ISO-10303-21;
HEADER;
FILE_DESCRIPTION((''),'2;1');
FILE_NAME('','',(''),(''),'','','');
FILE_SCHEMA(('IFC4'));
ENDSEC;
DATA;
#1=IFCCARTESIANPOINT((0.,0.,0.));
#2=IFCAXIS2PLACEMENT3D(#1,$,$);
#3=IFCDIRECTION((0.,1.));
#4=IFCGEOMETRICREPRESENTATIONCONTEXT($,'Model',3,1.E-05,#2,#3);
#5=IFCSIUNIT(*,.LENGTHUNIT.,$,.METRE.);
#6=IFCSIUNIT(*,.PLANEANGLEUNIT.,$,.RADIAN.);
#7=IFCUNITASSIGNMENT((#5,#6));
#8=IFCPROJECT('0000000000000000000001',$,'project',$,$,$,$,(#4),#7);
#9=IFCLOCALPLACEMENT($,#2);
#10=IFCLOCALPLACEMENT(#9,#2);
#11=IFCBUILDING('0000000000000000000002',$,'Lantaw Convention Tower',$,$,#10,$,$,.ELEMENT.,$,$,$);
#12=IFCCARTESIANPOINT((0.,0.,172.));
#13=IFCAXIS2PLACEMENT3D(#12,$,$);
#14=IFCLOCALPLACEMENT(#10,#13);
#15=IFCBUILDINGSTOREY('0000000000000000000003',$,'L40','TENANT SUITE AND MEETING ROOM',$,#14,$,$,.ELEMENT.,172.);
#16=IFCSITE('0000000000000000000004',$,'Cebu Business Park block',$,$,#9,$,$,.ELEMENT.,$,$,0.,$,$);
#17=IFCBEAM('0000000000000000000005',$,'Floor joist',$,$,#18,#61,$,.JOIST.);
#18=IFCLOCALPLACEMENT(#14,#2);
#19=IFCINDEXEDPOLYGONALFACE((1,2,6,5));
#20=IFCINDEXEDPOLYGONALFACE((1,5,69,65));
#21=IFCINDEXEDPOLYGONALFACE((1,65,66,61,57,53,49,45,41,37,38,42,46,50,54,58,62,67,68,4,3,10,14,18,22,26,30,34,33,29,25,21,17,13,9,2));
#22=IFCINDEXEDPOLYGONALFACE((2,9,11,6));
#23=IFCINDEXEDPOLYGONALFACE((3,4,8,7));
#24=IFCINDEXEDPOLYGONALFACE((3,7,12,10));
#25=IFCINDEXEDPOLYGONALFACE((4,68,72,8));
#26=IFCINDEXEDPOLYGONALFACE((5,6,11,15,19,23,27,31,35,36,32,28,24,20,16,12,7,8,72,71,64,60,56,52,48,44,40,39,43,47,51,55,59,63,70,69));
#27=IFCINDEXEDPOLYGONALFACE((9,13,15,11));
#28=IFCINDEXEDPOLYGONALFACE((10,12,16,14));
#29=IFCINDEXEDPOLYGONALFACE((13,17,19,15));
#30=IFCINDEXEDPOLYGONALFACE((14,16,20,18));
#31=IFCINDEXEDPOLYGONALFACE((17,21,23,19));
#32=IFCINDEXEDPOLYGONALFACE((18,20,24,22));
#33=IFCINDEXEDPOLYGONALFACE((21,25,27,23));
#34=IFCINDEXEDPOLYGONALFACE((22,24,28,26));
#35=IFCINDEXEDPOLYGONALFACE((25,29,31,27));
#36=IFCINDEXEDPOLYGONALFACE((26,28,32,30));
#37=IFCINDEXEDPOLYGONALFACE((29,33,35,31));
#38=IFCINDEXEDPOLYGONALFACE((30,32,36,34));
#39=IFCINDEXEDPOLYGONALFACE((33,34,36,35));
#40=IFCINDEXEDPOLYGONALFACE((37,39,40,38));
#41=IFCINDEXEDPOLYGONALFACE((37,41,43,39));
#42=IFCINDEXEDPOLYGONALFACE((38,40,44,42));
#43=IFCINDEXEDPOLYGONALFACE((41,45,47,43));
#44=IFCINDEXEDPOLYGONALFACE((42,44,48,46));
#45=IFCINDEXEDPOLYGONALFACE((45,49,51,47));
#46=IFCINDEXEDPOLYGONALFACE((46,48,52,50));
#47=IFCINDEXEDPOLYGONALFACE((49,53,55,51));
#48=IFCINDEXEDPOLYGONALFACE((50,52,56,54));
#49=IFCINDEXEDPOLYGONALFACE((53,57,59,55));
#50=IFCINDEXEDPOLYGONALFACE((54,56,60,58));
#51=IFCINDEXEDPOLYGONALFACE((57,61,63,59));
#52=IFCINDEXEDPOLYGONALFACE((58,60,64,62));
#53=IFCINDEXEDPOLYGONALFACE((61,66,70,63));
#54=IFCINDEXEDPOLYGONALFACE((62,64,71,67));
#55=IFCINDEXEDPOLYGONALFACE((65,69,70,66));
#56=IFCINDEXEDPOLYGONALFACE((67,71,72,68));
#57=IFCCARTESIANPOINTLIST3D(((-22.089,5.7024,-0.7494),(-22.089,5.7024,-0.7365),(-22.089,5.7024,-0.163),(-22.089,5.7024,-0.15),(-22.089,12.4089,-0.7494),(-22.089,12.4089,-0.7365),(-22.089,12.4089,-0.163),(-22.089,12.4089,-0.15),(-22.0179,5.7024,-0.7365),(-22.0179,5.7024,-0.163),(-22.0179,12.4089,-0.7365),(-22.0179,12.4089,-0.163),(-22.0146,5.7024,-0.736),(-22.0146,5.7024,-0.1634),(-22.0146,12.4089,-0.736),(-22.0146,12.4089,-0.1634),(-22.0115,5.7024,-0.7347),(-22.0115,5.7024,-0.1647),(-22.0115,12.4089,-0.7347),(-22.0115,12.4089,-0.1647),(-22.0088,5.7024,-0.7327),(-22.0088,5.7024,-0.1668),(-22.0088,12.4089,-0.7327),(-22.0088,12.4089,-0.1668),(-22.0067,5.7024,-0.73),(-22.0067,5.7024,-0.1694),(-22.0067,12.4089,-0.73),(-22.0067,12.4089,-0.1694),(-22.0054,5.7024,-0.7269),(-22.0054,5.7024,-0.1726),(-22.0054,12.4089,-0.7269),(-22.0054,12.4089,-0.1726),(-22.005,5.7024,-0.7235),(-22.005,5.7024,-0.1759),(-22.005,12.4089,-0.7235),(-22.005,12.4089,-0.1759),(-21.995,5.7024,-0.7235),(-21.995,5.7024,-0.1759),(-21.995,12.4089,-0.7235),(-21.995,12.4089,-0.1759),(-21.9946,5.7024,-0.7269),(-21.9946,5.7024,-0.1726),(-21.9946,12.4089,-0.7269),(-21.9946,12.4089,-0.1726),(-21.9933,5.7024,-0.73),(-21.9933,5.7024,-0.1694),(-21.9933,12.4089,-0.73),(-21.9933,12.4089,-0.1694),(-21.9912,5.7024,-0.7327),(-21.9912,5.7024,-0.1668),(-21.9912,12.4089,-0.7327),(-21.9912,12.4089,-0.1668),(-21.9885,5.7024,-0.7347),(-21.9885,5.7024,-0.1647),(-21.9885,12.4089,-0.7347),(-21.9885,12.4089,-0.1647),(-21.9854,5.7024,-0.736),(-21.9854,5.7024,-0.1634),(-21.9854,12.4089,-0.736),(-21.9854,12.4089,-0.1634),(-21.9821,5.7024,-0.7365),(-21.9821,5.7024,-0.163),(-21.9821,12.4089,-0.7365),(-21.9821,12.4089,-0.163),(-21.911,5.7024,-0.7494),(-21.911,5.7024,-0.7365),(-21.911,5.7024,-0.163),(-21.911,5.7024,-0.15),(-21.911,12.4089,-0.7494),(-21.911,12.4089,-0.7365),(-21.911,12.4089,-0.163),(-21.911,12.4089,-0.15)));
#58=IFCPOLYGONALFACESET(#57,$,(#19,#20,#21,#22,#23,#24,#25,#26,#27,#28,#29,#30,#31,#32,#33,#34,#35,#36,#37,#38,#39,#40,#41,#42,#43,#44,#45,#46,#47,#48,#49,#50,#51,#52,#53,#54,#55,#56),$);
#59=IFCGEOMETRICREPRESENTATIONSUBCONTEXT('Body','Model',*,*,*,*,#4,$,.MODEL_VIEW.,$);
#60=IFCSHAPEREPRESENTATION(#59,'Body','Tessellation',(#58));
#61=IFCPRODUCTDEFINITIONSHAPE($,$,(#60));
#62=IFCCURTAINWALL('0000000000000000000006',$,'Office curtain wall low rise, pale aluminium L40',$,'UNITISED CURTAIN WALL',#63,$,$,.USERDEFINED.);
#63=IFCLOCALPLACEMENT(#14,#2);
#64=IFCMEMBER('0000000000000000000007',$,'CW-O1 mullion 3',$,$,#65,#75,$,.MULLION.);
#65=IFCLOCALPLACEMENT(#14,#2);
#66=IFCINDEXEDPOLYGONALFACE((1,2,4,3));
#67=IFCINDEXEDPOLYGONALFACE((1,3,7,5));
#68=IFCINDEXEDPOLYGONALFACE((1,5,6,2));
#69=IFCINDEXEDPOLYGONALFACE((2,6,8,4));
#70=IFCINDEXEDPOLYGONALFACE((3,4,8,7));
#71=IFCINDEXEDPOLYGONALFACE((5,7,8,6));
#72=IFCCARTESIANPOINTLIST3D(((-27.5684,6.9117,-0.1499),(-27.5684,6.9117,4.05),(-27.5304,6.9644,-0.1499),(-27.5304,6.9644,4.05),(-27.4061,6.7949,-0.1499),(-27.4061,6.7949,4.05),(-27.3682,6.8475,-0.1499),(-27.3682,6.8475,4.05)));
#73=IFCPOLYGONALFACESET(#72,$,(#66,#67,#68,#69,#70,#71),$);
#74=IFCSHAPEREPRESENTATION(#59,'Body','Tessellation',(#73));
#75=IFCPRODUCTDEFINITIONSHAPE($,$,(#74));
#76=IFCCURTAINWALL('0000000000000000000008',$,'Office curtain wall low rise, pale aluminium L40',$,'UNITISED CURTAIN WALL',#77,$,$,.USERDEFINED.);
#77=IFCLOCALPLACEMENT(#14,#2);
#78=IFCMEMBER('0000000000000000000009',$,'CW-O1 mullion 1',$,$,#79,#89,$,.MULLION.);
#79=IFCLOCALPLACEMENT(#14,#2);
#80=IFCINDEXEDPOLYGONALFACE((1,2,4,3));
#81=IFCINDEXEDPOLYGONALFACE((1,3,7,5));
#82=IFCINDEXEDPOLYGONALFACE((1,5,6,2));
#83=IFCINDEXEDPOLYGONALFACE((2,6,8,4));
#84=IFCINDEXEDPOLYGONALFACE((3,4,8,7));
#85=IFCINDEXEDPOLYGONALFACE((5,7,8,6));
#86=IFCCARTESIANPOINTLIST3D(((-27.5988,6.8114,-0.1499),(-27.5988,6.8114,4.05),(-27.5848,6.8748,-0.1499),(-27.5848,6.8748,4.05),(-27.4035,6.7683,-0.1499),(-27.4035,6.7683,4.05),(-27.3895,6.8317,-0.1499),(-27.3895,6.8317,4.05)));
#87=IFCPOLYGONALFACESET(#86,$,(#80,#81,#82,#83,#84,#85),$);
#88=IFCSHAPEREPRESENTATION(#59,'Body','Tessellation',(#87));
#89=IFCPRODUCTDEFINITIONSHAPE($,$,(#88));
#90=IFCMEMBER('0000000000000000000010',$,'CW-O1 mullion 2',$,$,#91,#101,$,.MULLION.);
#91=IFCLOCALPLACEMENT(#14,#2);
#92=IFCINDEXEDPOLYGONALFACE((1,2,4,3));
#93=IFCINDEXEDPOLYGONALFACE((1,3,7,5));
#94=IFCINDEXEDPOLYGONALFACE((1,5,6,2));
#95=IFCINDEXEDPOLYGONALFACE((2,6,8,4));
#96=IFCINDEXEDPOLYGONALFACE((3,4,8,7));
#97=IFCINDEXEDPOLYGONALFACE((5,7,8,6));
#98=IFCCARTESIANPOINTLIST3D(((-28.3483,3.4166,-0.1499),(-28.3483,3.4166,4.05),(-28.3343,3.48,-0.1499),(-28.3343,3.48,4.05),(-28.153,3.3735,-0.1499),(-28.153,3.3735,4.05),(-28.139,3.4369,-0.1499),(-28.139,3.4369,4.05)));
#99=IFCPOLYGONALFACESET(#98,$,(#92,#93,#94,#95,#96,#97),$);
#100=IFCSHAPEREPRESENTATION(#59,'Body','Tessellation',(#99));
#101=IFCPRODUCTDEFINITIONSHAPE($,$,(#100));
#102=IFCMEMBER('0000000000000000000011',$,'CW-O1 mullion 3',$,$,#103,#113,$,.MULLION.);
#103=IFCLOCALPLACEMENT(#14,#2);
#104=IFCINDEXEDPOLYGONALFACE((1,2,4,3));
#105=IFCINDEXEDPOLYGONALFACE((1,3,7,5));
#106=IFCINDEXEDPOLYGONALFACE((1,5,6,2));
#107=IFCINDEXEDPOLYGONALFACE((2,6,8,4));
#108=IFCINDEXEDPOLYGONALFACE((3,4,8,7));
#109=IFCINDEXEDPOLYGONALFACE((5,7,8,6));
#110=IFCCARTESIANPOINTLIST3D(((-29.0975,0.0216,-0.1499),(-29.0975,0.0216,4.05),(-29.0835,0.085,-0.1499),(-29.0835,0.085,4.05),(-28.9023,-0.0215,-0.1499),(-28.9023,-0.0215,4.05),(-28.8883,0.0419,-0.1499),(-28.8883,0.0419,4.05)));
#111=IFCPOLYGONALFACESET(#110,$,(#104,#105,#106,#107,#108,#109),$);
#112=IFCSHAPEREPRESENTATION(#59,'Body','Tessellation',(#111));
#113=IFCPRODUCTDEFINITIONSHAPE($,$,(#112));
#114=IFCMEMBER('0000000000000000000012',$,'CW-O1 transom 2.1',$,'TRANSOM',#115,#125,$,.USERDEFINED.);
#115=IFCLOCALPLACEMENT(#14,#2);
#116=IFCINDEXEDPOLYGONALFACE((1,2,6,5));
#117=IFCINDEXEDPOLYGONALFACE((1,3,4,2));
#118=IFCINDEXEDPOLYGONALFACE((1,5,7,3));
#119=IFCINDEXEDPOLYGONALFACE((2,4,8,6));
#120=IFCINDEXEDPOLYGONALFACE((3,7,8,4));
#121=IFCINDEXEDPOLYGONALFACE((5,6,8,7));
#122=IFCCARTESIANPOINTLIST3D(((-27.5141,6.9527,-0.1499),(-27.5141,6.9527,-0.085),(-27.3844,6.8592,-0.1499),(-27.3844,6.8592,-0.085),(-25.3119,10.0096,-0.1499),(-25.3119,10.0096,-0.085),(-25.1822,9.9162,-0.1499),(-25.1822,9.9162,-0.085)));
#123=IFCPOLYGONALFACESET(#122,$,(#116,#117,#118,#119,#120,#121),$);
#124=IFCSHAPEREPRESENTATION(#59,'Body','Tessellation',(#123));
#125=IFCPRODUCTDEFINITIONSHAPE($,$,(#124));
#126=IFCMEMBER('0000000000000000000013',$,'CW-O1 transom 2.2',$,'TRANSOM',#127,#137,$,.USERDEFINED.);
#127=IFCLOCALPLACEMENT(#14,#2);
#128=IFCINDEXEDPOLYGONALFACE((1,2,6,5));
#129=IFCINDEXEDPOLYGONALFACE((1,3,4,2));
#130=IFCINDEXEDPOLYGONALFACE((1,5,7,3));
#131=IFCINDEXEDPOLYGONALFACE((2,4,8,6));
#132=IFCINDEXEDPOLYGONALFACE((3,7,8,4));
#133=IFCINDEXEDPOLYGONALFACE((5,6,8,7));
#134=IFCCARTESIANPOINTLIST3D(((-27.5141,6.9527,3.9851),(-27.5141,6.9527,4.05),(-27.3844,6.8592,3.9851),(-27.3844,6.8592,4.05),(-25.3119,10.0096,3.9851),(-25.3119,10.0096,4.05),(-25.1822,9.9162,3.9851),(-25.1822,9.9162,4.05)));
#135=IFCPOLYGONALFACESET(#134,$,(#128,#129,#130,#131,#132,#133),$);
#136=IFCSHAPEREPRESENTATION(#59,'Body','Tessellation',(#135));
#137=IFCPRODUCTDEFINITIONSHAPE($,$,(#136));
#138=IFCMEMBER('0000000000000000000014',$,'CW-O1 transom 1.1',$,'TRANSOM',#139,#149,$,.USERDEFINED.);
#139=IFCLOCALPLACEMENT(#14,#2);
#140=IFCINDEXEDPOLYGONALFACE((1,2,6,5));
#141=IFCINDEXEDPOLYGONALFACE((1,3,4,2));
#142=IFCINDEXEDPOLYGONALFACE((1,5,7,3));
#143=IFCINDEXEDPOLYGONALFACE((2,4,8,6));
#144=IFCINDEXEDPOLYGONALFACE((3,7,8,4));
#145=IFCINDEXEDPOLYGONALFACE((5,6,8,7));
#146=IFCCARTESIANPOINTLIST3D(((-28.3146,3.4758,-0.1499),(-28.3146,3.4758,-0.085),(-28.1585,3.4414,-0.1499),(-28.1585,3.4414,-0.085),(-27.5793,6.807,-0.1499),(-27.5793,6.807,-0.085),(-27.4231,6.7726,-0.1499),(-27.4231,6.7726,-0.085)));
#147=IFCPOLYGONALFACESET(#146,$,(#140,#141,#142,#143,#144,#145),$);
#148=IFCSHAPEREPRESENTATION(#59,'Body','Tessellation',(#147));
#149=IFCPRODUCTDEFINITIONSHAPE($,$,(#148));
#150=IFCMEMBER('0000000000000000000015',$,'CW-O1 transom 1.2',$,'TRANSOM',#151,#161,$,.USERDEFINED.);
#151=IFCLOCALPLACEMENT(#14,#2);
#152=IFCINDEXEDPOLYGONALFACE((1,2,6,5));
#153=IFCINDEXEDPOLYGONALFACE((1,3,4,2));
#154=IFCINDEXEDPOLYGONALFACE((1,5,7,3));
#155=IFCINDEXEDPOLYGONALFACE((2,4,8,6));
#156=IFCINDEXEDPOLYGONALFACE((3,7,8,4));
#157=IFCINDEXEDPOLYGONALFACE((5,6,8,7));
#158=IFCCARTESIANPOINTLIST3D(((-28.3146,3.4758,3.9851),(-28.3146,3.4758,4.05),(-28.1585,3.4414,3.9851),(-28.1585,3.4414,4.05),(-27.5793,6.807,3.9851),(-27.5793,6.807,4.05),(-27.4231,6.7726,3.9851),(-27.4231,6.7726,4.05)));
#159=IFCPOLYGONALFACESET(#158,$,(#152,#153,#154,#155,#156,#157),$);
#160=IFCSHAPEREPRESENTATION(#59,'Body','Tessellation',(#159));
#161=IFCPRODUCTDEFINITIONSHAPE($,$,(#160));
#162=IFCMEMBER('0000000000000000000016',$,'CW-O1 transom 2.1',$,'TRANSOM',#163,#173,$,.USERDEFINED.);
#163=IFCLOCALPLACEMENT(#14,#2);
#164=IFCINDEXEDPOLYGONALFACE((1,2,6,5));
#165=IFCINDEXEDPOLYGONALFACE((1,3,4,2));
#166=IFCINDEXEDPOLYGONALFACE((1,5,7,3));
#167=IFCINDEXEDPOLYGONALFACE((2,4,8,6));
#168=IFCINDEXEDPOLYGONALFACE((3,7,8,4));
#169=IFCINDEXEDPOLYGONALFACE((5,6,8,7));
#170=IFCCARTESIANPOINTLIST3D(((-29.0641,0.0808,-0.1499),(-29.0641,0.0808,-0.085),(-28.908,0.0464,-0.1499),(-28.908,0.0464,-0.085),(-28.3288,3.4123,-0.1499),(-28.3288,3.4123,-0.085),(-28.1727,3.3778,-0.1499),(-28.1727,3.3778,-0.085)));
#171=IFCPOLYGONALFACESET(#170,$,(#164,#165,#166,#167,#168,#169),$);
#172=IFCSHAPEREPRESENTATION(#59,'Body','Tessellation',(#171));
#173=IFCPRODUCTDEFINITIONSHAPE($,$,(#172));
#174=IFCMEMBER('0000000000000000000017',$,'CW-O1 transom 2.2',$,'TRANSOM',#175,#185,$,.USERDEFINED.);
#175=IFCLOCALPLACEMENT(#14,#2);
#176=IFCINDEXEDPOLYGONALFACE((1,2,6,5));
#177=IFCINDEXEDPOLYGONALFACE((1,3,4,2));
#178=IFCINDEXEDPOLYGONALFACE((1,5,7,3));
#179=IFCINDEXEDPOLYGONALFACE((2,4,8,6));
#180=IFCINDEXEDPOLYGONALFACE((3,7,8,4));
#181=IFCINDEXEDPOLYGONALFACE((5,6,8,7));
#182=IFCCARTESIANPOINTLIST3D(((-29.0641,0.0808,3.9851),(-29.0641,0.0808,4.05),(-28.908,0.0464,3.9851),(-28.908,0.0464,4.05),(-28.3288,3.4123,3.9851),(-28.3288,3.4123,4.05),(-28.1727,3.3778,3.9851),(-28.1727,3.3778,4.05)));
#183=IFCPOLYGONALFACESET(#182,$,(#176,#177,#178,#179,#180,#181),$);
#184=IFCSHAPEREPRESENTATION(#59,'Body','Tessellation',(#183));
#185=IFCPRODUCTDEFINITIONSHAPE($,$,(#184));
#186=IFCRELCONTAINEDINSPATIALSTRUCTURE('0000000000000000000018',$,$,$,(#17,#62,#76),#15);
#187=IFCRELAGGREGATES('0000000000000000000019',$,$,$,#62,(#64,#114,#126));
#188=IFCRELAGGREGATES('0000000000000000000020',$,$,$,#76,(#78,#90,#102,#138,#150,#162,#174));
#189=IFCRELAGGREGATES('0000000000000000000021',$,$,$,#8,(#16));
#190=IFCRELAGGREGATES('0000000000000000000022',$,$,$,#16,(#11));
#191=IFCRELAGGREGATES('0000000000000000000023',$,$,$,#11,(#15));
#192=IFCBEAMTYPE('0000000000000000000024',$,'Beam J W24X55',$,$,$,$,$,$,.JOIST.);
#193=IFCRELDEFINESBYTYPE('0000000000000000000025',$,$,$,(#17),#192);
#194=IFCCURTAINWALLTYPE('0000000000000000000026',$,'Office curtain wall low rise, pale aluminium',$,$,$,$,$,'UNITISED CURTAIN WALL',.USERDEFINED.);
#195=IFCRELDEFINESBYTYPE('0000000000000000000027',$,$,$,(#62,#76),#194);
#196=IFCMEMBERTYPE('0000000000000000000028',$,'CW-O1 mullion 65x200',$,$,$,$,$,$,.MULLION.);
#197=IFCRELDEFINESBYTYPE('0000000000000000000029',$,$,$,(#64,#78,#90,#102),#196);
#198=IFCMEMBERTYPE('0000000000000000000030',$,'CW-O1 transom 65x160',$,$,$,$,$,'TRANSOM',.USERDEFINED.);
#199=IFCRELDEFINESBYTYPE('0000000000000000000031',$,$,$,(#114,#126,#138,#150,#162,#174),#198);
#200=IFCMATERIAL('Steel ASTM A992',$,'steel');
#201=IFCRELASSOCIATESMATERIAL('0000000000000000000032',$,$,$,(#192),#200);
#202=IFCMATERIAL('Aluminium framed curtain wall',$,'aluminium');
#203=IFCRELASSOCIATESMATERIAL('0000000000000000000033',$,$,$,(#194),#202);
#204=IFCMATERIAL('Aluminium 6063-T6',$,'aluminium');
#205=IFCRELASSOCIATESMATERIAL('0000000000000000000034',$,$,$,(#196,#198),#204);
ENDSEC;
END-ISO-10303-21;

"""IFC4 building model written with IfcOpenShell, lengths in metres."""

from ifc_helpers import new_model, si_unit, direction, frame, origin, origin_2d, place, context, subcontext, project, spatial, rectangle, i_section, extrude, material, material_profile, profile_set, type_object, element, aggregate, save


model = new_model("IFC4")

# Units and contexts
model_context = context("Model", 3, precision=1e-05, world=origin(), true_north=direction((0.0, 1.0)))
body_context = subcontext(model_context, "Body", "Model", "MODEL_VIEW")
ifc_project = project(units=[si_unit("LENGTHUNIT", "METRE"), si_unit("PLANEANGLEUNIT", "RADIAN")], contexts=[model_context])

# Site, building, storey
site_placement = place(None, origin())
site = spatial("IfcSite", under=ifc_project, at=site_placement, Name="Cebu Business Park block", CompositionType="ELEMENT", RefElevation=0.0)
building_placement = place(site_placement, origin())
building = spatial("IfcBuilding", under=site, at=building_placement, Name="Lantaw Convention Tower", CompositionType="ELEMENT")
storey_placement = place(building_placement, frame((0.0, 0.0, 172.0)))
storey = spatial("IfcBuildingStorey", under=building, at=storey_placement, Name="L40", Description="TENANT SUITE AND MEETING ROOM", CompositionType="ELEMENT", Elevation=172.0)

# Beam
ifc_material_1 = material(Name="Steel ASTM A992", Category="steel")
ifc_material_profile_1 = material_profile(ifc_material_1, i_section(OverallWidth=0.178, OverallDepth=0.5994, WebThickness=0.01, FlangeThickness=0.0129, FilletRadius=0.0129, at=origin_2d()), Name="W24X55")
ifc_profile_set_1 = profile_set([ifc_material_profile_1], Name="Steel ASTM A992")
beam_type_1 = type_object("IfcBeamType", Name="Beam J W24X55", PredefinedType="JOIST", material=ifc_profile_set_1)
beam_1_placement = place(storey_placement, frame((-22.0, 5.7024, -0.4497), z_axis=(0.0, 1.0, 0.0), x_axis=(-1.0, 0.0, 0.0)))
element("IfcBeam", 1, at=beam_1_placement, inside=storey, type_object=beam_type_1, Name="Floor joist", PredefinedType="JOIST", context=body_context, shape_type="SweptSolid", body=[
    extrude(i_section(OverallWidth=0.178, OverallDepth=0.5994, WebThickness=0.01, FlangeThickness=0.0129, FilletRadius=0.0129, at=origin_2d()), origin(), (0.0, 0.0, 1.0), 6.7065),
])

# Curtain wall, member
ifc_material_2 = material(Name="Aluminium framed curtain wall", Category="aluminium")
curtain_wall_type = type_object("IfcCurtainWallType", Name="Office curtain wall low rise, pale aluminium", ElementType="UNITISED CURTAIN WALL", PredefinedType="USERDEFINED", material=ifc_material_2)
curtain_wall_1_placement = place(storey_placement, origin())
curtain_wall_1 = element("IfcCurtainWall", 2, at=curtain_wall_1_placement, inside=storey, type_object=curtain_wall_type, Name="Office curtain wall low rise, pale aluminium L40", ObjectType="UNITISED CURTAIN WALL", PredefinedType="USERDEFINED")
ifc_material_3 = material(Name="Aluminium 6063-T6", Category="aluminium")
ifc_material_profile_2 = material_profile(ifc_material_3, rectangle(XDim=0.2, YDim=0.0649, at=origin_2d()), Name="CW-O1 mullion 65x200")
ifc_profile_set_2 = profile_set([ifc_material_profile_2], Name="Aluminium 6063-T6")
member_type_1 = type_object("IfcMemberType", Name="CW-O1 mullion 65x200", PredefinedType="MULLION", material=ifc_profile_set_2)
member_1_placement = place(storey_placement, frame((-27.4683, 6.8796, -0.1499), z_axis=(0.0, 0.0, 1.0), x_axis=(0.811385, -0.584513, 0.0)))
member_1 = element("IfcMember", 3, at=member_1_placement, type_object=member_type_1, Name="CW-O1 mullion 3", PredefinedType="MULLION", context=body_context, shape_type="SweptSolid", body=[
    extrude(rectangle(XDim=0.2, YDim=0.0649, at=origin_2d()), origin(), (0.0, 0.0, 1.0), 4.2),
])

# Curtain wall, members
curtain_wall_2_placement = place(storey_placement, origin())
curtain_wall_2 = element("IfcCurtainWall", 4, at=curtain_wall_2_placement, inside=storey, type_object=curtain_wall_type, Name="Office curtain wall low rise, pale aluminium L40", ObjectType="UNITISED CURTAIN WALL", PredefinedType="USERDEFINED")
member_2_placement = place(storey_placement, frame((-27.4941, 6.8215, -0.1499), z_axis=(0.0, 0.0, 1.0), x_axis=(0.976494, -0.215546, 0.0)))
member_2 = element("IfcMember", 5, at=member_2_placement, type_object=member_type_1, Name="CW-O1 mullion 1", PredefinedType="MULLION", context=body_context, shape_type="SweptSolid", body=[
    extrude(rectangle(XDim=0.2, YDim=0.0649, at=origin_2d()), origin(), (0.0, 0.0, 1.0), 4.2),
])
member_3_placement = place(storey_placement, frame((-28.2437, 3.4268, -0.1499), z_axis=(0.0, 0.0, 1.0), x_axis=(0.976494, -0.215546, 0.0)))
member_3 = element("IfcMember", 6, at=member_3_placement, type_object=member_type_1, Name="CW-O1 mullion 2", PredefinedType="MULLION", context=body_context, shape_type="SweptSolid", body=[
    extrude(rectangle(XDim=0.2, YDim=0.0649, at=origin_2d()), origin(), (0.0, 0.0, 1.0), 4.2),
])
member_4_placement = place(storey_placement, frame((-28.9929, 0.0317, -0.1499), z_axis=(0.0, 0.0, 1.0), x_axis=(0.976494, -0.215546, 0.0)))
member_4 = element("IfcMember", 7, at=member_4_placement, type_object=member_type_1, Name="CW-O1 mullion 3", PredefinedType="MULLION", context=body_context, shape_type="SweptSolid", body=[
    extrude(rectangle(XDim=0.2, YDim=0.0649, at=origin_2d()), origin(), (0.0, 0.0, 1.0), 4.2),
])

# Members
ifc_material_profile_3 = material_profile(ifc_material_3, rectangle(XDim=0.1599, YDim=0.0649, at=origin_2d()), Name="CW-O1 transom 65x160")
ifc_profile_set_3 = profile_set([ifc_material_profile_3], Name="Aluminium 6063-T6")
member_type_2 = type_object("IfcMemberType", Name="CW-O1 transom 65x160", ElementType="TRANSOM", PredefinedType="USERDEFINED", material=ifc_profile_set_3)
member_5_placement = place(storey_placement, frame((-25.2471, 9.9629, -0.1174), z_axis=(-0.584513, -0.811384, 0.0), x_axis=(0.811384, -0.584513, 0.0)))
member_5 = element("IfcMember", 8, at=member_5_placement, type_object=member_type_2, Name="CW-O1 transom 2.1", ObjectType="TRANSOM", PredefinedType="USERDEFINED", context=body_context, shape_type="SweptSolid", body=[
    extrude(rectangle(XDim=0.1599, YDim=0.0649, at=origin_2d()), origin(), (0.0, 0.0, 1.0), 3.7676),
])
member_6_placement = place(storey_placement, frame((-25.2471, 9.9629, 4.0176), z_axis=(-0.584513, -0.811384, 0.0), x_axis=(0.811384, -0.584513, 0.0)))
member_6 = element("IfcMember", 9, at=member_6_placement, type_object=member_type_2, Name="CW-O1 transom 2.2", ObjectType="TRANSOM", PredefinedType="USERDEFINED", context=body_context, shape_type="SweptSolid", body=[
    extrude(rectangle(XDim=0.1599, YDim=0.0649, at=origin_2d()), origin(), (0.0, 0.0, 1.0), 3.7676),
])
member_7_placement = place(storey_placement, frame((-27.5012, 6.7898, -0.1174), z_axis=(-0.215551, -0.976493, 0.0), x_axis=(0.976493, -0.215551, 0.0)))
member_7 = element("IfcMember", 10, at=member_7_placement, type_object=member_type_2, Name="CW-O1 transom 1.1", ObjectType="TRANSOM", PredefinedType="USERDEFINED", context=body_context, shape_type="SweptSolid", body=[
    extrude(rectangle(XDim=0.1599, YDim=0.0649, at=origin_2d()), origin(), (0.0, 0.0, 1.0), 3.4114),
])
member_8_placement = place(storey_placement, frame((-27.5012, 6.7898, 4.0176), z_axis=(-0.215551, -0.976493, 0.0), x_axis=(0.976493, -0.215551, 0.0)))
member_8 = element("IfcMember", 11, at=member_8_placement, type_object=member_type_2, Name="CW-O1 transom 1.2", ObjectType="TRANSOM", PredefinedType="USERDEFINED", context=body_context, shape_type="SweptSolid", body=[
    extrude(rectangle(XDim=0.1599, YDim=0.0649, at=origin_2d()), origin(), (0.0, 0.0, 1.0), 3.4114),
])
member_9_placement = place(storey_placement, frame((-28.2507, 3.395, -0.1174), z_axis=(-0.215536, -0.976496, 0.0), x_axis=(0.976496, -0.215536, 0.0)))
member_9 = element("IfcMember", 12, at=member_9_placement, type_object=member_type_2, Name="CW-O1 transom 2.1", ObjectType="TRANSOM", PredefinedType="USERDEFINED", context=body_context, shape_type="SweptSolid", body=[
    extrude(rectangle(XDim=0.1599, YDim=0.0649, at=origin_2d()), origin(), (0.0, 0.0, 1.0), 3.4116),
])
member_10_placement = place(storey_placement, frame((-28.2507, 3.395, 4.0176), z_axis=(-0.215536, -0.976496, 0.0), x_axis=(0.976496, -0.215536, 0.0)))
member_10 = element("IfcMember", 13, at=member_10_placement, type_object=member_type_2, Name="CW-O1 transom 2.2", ObjectType="TRANSOM", PredefinedType="USERDEFINED", context=body_context, shape_type="SweptSolid", body=[
    extrude(rectangle(XDim=0.1599, YDim=0.0649, at=origin_2d()), origin(), (0.0, 0.0, 1.0), 3.4116),
])

aggregate(curtain_wall_1, [member_1, member_5, member_6])
aggregate(curtain_wall_2, [member_2, member_3, member_4, member_7, member_8, member_9, member_10])

save(model, "model.ifc")
